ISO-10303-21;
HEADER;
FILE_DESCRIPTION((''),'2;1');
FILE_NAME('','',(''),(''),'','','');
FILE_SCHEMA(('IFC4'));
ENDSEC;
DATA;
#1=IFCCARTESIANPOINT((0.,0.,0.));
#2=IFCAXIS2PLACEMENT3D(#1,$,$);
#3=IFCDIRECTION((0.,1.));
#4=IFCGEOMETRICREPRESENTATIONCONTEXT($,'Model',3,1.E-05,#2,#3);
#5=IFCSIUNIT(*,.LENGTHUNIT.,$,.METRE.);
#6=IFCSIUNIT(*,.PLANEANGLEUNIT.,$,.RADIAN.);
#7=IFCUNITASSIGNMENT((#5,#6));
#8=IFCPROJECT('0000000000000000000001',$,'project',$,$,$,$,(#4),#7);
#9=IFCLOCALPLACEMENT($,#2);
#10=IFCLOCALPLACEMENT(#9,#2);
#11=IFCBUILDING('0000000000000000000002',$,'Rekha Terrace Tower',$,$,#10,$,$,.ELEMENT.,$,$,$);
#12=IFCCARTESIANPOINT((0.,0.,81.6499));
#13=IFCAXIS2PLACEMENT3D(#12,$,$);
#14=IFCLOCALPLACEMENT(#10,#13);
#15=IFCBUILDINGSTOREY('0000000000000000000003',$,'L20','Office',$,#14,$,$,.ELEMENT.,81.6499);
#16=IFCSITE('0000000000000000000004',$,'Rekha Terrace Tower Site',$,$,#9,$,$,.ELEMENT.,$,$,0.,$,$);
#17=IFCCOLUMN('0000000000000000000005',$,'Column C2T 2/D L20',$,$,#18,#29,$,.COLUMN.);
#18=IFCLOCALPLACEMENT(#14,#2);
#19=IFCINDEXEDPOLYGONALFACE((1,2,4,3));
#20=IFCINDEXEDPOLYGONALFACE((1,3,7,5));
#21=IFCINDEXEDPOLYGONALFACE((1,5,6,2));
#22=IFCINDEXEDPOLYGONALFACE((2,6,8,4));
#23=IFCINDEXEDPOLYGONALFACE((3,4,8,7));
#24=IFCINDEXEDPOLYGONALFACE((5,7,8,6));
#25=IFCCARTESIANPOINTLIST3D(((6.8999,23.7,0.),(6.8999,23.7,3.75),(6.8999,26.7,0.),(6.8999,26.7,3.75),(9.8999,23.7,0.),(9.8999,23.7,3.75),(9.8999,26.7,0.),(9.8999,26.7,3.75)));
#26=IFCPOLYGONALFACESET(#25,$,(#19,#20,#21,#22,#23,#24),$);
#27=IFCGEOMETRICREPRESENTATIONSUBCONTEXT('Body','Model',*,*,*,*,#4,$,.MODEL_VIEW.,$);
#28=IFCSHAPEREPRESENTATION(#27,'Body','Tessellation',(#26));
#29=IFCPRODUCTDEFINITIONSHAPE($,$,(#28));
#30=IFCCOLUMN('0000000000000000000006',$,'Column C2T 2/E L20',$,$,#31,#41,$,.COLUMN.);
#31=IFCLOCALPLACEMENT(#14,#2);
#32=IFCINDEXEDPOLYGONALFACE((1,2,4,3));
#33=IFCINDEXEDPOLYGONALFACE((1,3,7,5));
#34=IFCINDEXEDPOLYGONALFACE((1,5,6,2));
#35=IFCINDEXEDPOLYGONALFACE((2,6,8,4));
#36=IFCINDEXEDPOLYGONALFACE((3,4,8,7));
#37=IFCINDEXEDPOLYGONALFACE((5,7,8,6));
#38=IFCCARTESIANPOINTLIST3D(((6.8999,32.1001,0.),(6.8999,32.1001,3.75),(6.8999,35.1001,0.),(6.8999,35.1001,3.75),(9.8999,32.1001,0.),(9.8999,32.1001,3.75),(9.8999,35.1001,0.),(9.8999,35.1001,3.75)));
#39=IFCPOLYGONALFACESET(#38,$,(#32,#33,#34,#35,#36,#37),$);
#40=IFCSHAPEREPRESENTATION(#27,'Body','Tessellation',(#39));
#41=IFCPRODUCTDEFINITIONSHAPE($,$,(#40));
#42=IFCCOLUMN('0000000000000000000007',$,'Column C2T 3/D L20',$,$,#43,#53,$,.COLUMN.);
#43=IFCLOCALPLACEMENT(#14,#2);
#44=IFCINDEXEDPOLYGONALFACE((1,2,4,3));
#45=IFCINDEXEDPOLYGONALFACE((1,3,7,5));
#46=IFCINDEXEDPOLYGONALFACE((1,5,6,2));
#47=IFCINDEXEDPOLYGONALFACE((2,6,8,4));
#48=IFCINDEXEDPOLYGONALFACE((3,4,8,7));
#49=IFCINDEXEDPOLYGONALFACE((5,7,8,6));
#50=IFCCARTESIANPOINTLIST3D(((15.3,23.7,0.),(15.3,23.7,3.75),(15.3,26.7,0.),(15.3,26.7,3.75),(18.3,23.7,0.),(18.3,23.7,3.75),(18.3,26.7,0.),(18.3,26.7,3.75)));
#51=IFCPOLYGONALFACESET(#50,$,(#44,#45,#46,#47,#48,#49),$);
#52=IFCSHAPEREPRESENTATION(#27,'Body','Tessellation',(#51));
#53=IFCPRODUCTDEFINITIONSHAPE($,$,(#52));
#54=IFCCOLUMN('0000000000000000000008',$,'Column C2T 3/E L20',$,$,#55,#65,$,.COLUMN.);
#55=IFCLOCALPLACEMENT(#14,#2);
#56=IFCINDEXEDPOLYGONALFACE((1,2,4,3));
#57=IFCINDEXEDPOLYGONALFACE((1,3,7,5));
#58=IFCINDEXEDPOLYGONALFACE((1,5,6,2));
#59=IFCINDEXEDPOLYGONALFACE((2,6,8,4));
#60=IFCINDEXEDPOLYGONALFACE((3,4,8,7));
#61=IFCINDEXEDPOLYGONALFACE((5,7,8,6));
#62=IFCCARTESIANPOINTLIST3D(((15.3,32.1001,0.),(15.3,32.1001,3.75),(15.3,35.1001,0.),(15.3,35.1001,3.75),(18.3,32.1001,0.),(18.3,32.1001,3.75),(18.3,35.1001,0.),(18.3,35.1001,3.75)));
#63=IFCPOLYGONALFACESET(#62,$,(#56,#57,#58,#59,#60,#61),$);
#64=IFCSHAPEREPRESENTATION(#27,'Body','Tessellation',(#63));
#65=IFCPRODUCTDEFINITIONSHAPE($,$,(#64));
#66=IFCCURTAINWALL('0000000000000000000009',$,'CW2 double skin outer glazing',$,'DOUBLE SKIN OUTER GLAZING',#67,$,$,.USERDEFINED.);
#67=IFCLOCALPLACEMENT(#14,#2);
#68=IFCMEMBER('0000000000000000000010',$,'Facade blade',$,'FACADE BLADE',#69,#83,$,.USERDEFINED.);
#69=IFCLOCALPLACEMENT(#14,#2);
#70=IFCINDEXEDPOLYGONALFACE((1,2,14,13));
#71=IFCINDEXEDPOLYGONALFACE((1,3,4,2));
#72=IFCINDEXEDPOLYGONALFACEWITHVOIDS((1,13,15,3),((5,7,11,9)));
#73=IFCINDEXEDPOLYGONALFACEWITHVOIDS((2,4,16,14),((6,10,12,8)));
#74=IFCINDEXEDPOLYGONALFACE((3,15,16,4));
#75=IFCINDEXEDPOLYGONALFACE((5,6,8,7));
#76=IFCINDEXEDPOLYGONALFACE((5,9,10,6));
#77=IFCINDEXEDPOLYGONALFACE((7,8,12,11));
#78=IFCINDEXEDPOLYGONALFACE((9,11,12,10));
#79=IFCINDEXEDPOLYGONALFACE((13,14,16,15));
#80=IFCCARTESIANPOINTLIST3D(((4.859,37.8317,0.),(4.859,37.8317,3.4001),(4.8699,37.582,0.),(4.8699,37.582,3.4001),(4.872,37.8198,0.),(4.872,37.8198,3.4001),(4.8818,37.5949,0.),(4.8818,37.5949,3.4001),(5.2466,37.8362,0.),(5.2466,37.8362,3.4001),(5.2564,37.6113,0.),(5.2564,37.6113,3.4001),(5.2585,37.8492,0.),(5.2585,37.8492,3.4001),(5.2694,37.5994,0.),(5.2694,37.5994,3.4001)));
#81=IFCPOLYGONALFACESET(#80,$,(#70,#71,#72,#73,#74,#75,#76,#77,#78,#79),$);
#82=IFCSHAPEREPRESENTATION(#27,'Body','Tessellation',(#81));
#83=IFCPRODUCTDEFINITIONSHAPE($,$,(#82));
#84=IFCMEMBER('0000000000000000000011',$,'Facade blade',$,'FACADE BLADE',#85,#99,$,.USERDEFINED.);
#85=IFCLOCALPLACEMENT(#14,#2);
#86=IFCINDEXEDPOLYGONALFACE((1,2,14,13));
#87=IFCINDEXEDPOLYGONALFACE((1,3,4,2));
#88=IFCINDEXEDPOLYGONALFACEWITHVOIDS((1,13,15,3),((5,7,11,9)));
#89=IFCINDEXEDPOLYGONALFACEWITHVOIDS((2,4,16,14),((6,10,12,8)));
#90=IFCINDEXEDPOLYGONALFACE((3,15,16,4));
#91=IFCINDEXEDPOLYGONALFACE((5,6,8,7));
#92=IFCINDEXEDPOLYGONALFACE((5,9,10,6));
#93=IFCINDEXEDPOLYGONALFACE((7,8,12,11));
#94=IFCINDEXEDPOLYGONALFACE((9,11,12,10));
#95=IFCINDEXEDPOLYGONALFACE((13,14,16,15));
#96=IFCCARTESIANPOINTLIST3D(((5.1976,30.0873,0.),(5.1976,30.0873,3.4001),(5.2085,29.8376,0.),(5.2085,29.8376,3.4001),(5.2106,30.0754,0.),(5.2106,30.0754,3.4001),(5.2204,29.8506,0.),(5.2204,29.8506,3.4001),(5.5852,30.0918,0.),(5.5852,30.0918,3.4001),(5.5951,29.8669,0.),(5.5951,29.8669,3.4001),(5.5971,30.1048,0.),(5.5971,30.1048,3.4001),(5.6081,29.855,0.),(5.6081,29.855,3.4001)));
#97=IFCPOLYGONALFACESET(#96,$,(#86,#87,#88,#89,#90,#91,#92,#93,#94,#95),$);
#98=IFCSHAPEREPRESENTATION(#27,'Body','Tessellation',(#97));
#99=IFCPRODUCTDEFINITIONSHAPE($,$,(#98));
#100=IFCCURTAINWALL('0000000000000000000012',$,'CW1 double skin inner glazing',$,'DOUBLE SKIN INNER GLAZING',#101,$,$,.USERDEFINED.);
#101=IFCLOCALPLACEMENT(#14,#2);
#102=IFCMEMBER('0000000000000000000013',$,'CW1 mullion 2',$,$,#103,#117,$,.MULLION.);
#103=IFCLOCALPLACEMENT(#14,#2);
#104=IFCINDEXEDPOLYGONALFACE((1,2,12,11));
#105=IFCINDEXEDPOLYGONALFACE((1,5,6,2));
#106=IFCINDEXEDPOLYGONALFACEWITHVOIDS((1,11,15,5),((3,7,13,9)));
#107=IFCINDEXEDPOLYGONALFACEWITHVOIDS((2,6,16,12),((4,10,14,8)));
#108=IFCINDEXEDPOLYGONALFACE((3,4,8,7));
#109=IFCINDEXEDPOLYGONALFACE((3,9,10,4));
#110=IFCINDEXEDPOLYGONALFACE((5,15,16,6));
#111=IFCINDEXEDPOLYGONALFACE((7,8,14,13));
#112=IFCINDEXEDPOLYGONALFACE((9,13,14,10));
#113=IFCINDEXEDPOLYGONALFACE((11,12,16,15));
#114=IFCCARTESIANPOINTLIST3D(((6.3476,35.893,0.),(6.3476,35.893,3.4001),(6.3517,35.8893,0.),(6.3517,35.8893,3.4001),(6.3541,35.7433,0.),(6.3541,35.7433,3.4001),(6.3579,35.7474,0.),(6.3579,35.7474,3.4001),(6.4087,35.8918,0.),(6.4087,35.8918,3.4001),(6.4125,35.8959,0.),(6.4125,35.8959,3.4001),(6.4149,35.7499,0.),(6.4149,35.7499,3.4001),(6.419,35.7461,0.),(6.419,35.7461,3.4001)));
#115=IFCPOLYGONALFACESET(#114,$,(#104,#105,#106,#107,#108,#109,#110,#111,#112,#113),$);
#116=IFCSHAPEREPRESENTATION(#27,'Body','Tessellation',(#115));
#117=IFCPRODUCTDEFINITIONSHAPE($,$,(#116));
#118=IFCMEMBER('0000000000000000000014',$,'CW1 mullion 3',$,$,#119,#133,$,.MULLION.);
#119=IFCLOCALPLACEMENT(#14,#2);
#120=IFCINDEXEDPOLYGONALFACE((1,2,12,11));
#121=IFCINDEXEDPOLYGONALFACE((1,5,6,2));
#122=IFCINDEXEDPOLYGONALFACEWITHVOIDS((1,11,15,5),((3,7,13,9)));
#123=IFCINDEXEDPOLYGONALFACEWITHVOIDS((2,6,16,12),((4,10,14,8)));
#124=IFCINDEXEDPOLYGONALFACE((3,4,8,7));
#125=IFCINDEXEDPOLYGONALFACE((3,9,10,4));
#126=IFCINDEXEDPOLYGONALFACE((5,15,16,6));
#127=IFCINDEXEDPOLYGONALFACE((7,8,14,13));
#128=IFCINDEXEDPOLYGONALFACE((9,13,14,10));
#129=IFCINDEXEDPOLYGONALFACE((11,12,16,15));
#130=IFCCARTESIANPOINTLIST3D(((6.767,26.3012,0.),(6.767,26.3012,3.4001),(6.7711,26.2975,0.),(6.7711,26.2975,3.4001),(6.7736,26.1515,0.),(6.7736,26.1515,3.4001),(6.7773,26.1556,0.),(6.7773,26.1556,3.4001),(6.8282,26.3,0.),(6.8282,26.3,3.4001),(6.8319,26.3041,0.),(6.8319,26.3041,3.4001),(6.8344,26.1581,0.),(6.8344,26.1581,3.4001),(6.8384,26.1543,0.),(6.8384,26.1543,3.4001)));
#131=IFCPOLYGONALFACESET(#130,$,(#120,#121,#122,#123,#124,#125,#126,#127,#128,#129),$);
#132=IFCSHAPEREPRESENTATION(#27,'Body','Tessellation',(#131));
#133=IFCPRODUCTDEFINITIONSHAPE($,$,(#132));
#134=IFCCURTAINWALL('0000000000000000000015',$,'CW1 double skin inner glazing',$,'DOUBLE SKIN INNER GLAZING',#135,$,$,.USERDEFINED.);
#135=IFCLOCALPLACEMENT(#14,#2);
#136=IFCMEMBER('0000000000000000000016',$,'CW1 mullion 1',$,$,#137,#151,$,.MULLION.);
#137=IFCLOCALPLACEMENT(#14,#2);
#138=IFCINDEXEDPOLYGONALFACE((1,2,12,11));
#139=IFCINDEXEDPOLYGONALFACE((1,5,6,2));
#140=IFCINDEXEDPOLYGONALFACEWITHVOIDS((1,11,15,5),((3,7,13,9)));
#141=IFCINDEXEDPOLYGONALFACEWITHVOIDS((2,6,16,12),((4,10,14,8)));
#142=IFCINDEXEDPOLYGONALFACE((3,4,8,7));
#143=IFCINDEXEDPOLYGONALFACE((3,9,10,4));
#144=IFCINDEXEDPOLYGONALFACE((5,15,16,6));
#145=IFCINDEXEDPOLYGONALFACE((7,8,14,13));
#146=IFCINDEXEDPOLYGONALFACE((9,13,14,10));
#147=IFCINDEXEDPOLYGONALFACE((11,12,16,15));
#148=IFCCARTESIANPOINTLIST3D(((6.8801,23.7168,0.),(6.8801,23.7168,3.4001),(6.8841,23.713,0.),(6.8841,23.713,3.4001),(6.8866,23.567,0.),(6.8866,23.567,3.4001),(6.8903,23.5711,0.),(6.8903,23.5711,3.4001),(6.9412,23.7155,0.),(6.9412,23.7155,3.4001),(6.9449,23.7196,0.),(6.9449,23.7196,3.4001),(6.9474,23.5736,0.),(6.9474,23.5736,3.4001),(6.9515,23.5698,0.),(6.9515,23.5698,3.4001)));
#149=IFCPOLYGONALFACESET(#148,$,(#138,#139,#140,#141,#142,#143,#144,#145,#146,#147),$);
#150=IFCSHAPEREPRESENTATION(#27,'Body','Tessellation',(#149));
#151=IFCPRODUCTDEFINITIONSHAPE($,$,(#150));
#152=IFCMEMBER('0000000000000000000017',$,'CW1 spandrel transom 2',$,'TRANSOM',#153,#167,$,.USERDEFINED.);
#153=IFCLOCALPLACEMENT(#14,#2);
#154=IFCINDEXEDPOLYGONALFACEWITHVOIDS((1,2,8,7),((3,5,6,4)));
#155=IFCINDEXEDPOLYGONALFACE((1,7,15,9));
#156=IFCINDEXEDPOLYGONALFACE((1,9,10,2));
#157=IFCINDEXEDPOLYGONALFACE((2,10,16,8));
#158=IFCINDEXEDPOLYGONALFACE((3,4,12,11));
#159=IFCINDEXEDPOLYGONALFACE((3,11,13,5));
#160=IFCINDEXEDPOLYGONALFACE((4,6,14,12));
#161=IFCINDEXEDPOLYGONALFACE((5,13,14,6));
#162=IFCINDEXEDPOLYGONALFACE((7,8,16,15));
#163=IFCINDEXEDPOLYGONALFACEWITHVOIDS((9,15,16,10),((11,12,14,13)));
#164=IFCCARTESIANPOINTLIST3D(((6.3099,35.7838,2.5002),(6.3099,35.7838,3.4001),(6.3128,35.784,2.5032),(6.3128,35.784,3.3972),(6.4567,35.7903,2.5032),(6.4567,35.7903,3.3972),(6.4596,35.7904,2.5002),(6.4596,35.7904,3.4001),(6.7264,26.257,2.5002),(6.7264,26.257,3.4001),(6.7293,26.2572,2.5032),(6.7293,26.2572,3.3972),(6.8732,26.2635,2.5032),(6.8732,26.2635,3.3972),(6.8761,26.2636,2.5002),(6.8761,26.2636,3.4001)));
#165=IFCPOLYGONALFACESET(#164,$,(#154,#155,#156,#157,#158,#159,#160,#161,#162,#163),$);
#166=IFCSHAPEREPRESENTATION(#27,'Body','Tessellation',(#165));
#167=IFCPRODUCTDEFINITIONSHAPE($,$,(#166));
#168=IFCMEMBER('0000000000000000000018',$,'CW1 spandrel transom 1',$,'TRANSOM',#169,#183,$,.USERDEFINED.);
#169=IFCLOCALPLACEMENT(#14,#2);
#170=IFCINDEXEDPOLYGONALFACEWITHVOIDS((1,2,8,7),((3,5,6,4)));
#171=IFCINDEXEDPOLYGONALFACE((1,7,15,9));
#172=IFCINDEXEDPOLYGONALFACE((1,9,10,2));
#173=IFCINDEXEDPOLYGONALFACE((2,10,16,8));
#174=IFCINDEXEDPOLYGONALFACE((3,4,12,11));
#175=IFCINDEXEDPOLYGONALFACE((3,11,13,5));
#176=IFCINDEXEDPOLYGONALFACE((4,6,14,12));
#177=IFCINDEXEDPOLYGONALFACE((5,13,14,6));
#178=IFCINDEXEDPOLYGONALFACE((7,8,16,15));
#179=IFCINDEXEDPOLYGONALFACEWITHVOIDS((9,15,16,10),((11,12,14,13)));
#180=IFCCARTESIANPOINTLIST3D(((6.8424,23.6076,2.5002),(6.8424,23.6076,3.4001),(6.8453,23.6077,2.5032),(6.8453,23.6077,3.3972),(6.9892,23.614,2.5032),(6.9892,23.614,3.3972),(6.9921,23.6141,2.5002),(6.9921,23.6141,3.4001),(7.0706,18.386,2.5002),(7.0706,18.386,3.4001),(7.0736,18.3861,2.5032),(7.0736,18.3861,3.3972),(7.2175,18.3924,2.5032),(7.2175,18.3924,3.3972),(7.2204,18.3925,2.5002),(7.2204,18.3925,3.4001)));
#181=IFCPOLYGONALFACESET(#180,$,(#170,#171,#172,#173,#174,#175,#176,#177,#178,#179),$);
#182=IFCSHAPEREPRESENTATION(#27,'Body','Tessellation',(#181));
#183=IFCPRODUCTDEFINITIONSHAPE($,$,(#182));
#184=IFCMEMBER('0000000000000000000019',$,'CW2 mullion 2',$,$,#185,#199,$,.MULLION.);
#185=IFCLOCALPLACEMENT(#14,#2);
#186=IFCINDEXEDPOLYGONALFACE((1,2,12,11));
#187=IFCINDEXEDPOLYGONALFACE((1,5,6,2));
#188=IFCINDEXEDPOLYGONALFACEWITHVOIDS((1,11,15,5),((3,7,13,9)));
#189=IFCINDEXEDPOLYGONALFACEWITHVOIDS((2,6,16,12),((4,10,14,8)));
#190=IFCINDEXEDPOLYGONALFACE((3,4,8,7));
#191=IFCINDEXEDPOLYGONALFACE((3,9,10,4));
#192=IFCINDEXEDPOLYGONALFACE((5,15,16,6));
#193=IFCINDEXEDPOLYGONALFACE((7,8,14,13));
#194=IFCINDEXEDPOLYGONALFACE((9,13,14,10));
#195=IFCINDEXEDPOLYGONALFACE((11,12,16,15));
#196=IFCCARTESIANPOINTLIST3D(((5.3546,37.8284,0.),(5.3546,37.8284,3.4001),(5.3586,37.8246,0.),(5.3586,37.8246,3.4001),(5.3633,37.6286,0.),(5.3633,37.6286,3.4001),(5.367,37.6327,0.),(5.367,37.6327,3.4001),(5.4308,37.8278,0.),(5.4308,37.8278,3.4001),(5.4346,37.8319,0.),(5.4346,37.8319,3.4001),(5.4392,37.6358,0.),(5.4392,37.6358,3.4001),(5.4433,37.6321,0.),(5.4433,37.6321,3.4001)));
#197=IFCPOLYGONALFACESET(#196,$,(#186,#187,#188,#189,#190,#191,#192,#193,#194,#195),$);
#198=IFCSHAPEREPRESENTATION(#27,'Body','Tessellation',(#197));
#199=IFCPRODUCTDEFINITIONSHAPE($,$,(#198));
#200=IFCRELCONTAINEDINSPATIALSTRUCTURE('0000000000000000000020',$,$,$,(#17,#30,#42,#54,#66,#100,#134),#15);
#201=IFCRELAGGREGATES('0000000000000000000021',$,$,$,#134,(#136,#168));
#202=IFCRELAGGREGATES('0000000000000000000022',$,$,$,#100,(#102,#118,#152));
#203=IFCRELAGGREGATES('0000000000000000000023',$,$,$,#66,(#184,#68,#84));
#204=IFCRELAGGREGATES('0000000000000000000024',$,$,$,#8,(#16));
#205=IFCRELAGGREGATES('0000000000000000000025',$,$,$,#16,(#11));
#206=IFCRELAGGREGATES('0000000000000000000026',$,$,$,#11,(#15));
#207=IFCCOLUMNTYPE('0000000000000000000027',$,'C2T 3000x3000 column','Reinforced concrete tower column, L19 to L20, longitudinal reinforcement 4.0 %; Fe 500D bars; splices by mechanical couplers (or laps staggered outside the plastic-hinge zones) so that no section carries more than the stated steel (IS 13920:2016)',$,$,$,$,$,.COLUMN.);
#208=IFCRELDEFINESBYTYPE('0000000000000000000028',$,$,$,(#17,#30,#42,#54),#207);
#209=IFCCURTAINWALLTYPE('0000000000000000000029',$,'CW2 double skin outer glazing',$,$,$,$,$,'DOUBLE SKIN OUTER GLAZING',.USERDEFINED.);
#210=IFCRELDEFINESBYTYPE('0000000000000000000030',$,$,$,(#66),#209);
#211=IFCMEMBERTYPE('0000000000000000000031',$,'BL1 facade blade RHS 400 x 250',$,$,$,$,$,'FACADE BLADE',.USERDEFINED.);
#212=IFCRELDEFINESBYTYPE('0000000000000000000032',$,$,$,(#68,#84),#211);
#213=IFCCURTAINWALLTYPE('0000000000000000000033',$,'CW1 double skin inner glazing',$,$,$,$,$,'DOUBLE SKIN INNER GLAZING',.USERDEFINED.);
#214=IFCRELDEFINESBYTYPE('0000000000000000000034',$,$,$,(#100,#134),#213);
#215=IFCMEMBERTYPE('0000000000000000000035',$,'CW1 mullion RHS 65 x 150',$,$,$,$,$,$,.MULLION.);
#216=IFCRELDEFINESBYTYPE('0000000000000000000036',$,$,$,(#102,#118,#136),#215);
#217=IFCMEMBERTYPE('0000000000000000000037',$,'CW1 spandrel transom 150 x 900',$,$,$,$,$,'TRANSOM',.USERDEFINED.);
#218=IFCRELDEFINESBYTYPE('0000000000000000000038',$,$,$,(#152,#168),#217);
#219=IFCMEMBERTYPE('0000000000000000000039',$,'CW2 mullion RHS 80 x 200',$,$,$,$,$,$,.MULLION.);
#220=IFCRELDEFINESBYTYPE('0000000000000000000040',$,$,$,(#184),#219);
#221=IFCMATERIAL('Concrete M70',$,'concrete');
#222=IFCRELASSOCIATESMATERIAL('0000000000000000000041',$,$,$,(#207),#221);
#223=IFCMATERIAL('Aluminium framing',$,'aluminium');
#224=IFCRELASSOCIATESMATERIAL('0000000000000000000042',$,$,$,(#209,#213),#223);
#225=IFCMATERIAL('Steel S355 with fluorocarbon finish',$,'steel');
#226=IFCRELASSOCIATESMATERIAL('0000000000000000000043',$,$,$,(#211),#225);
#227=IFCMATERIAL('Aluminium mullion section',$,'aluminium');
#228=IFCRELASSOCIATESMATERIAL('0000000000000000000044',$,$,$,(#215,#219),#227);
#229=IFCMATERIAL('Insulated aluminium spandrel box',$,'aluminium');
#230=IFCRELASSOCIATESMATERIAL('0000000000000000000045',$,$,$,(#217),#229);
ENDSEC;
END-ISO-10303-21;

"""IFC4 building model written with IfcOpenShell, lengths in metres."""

from ifc_helpers import new_model, si_unit, direction, frame, origin, origin_2d, place, context, subcontext, project, spatial, rectangle, hollow_rectangle, extrude, material, material_profile, profile_set, type_object, element, aggregate, save


model = new_model("IFC4")

# Units and contexts
model_context = context("Model", 3, precision=1e-05, world=origin(), true_north=direction((0.0, 1.0)))
body_context = subcontext(model_context, "Body", "Model", "MODEL_VIEW")
ifc_project = project(units=[si_unit("LENGTHUNIT", "METRE"), si_unit("PLANEANGLEUNIT", "RADIAN")], contexts=[model_context])

# Site, building, storey
site_placement = place(None, origin())
site = spatial("IfcSite", under=ifc_project, at=site_placement, Name="Rekha Terrace Tower Site", CompositionType="ELEMENT", RefElevation=0.0)
building_placement = place(site_placement, origin())
building = spatial("IfcBuilding", under=site, at=building_placement, Name="Rekha Terrace Tower", CompositionType="ELEMENT")
storey_placement = place(building_placement, frame((0.0, 0.0, 81.6499)))
storey = spatial("IfcBuildingStorey", under=building, at=storey_placement, Name="L20", Description="Office", CompositionType="ELEMENT", Elevation=81.6499)

# Columns
ifc_material_1 = material(Name="Concrete M70", Category="concrete")
ifc_material_profile_1 = material_profile(ifc_material_1, rectangle(XDim=3.0, YDim=3.0, at=origin_2d()), Name="RC 3000x3000")
ifc_profile_set_1 = profile_set([ifc_material_profile_1], Name="Concrete M70")
column_type = type_object("IfcColumnType", Name="C2T 3000x3000 column", Description="Reinforced concrete tower column, L19 to L20, longitudinal reinforcement 4.0 %; Fe 500D bars; splices by mechanical couplers (or laps staggered outside the plastic-hinge zones) so that no section carries more than the stated steel (IS 13920:2016)", PredefinedType="COLUMN", material=ifc_profile_set_1)
for number, where, z_axis, x_axis, name in (
    (1, (8.3999, 25.2, 0.0), (0.0, 0.0, 1.0), (1.0, 0.0, 0.0), "Column C2T 2/D L20"),
    (2, (8.3999, 33.6001, 0.0), (0.0, 0.0, 1.0), (1.0, 0.0, 0.0), "Column C2T 2/E L20"),
    (3, (16.8, 25.2, 0.0), (0.0, 0.0, 1.0), (1.0, 0.0, 0.0), "Column C2T 3/D L20"),
    (4, (16.8, 33.6001, 0.0), (0.0, 0.0, 1.0), (1.0, 0.0, 0.0), "Column C2T 3/E L20"),
):
    element("IfcColumn", number, at=place(storey_placement, frame(where, z_axis=z_axis, x_axis=x_axis)), inside=storey, type_object=column_type, Name=name, PredefinedType="COLUMN", context=body_context, shape_type="SweptSolid", body=[
        extrude(rectangle(XDim=3.0, YDim=3.0, at=origin_2d()), origin(), (0.0, 0.0, 1.0), 3.75),
    ])

# Curtain walls, members
ifc_material_2 = material(Name="Aluminium framing", Category="aluminium")
curtain_wall_type_1 = type_object("IfcCurtainWallType", Name="CW2 double skin outer glazing", ElementType="DOUBLE SKIN OUTER GLAZING", PredefinedType="USERDEFINED", material=ifc_material_2)
curtain_wall_1_placement = place(storey_placement, origin())
curtain_wall_1 = element("IfcCurtainWall", 5, at=curtain_wall_1_placement, inside=storey, type_object=curtain_wall_type_1, Name="CW2 double skin outer glazing", ObjectType="DOUBLE SKIN OUTER GLAZING", PredefinedType="USERDEFINED")
ifc_material_3 = material(Name="Steel S355 with fluorocarbon finish", Category="steel")
ifc_material_profile_2 = material_profile(ifc_material_3, hollow_rectangle(XDim=0.25, YDim=0.3999, WallThickness=0.0125, at=origin_2d()), Name="RHS400x250x12.5")
ifc_profile_set_2 = profile_set([ifc_material_profile_2], Name="Steel S355 with fluorocarbon finish")
member_type_1 = type_object("IfcMemberType", Name="BL1 facade blade RHS 400 x 250", ElementType="FACADE BLADE", PredefinedType="USERDEFINED", material=ifc_profile_set_2)
member_1_placement = place(storey_placement, frame((5.0642, 37.7156, 0.0), z_axis=(0.0, 0.0, 1.0), x_axis=(0.043682, -0.999045, 0.0)))
member_1 = element("IfcMember", 6, at=member_1_placement, type_object=member_type_1, Name="Facade blade", ObjectType="FACADE BLADE", PredefinedType="USERDEFINED", context=body_context, shape_type="SweptSolid", body=[
    extrude(hollow_rectangle(XDim=0.25, YDim=0.3999, WallThickness=0.0125, at=origin_2d()), origin(), (0.0, 0.0, 1.0), 3.4001),
])
member_2_placement = place(storey_placement, frame((5.4028, 29.9712, 0.0), z_axis=(0.0, 0.0, 1.0), x_axis=(0.043682, -0.999045, 0.0)))
member_2 = element("IfcMember", 7, at=member_2_placement, type_object=member_type_1, Name="Facade blade", ObjectType="FACADE BLADE", PredefinedType="USERDEFINED", context=body_context, shape_type="SweptSolid", body=[
    extrude(hollow_rectangle(XDim=0.25, YDim=0.3999, WallThickness=0.0125, at=origin_2d()), origin(), (0.0, 0.0, 1.0), 3.4001),
])
curtain_wall_type_2 = type_object("IfcCurtainWallType", Name="CW1 double skin inner glazing", ElementType="DOUBLE SKIN INNER GLAZING", PredefinedType="USERDEFINED", material=ifc_material_2)
curtain_wall_2_placement = place(storey_placement, origin())
curtain_wall_2 = element("IfcCurtainWall", 8, at=curtain_wall_2_placement, inside=storey, type_object=curtain_wall_type_2, Name="CW1 double skin inner glazing", ObjectType="DOUBLE SKIN INNER GLAZING", PredefinedType="USERDEFINED")
ifc_material_4 = material(Name="Aluminium mullion section", Category="aluminium")
ifc_material_profile_3 = material_profile(ifc_material_4, hollow_rectangle(XDim=0.0649, YDim=0.1499, WallThickness=0.0039, at=origin_2d()), Name="AL RHS 65x150")
ifc_profile_set_3 = profile_set([ifc_material_profile_3], Name="Aluminium mullion section")
member_type_2 = type_object("IfcMemberType", Name="CW1 mullion RHS 65 x 150", PredefinedType="MULLION", material=ifc_profile_set_3)
member_3_placement = place(storey_placement, frame((6.3833, 35.8196, 0.0), z_axis=(0.0, 0.0, 1.0), x_axis=(0.999045, 0.043683, 0.0)))
member_3 = element("IfcMember", 9, at=member_3_placement, type_object=member_type_2, Name="CW1 mullion 2", PredefinedType="MULLION", context=body_context, shape_type="SweptSolid", body=[
    extrude(hollow_rectangle(XDim=0.0649, YDim=0.1499, WallThickness=0.0039, at=origin_2d()), origin(), (0.0, 0.0, 1.0), 3.4001),
])
member_4_placement = place(storey_placement, frame((6.8027, 26.2278, 0.0), z_axis=(0.0, 0.0, 1.0), x_axis=(0.999045, 0.043683, 0.0)))
member_4 = element("IfcMember", 10, at=member_4_placement, type_object=member_type_2, Name="CW1 mullion 3", PredefinedType="MULLION", context=body_context, shape_type="SweptSolid", body=[
    extrude(hollow_rectangle(XDim=0.0649, YDim=0.1499, WallThickness=0.0039, at=origin_2d()), origin(), (0.0, 0.0, 1.0), 3.4001),
])

# Curtain wall, member
curtain_wall_3_placement = place(storey_placement, origin())
curtain_wall_3 = element("IfcCurtainWall", 11, at=curtain_wall_3_placement, inside=storey, type_object=curtain_wall_type_2, Name="CW1 double skin inner glazing", ObjectType="DOUBLE SKIN INNER GLAZING", PredefinedType="USERDEFINED")
member_5_placement = place(storey_placement, frame((6.9158, 23.6433, 0.0), z_axis=(0.0, 0.0, 1.0), x_axis=(0.999045, 0.043683, 0.0)))
member_5 = element("IfcMember", 12, at=member_5_placement, type_object=member_type_2, Name="CW1 mullion 1", PredefinedType="MULLION", context=body_context, shape_type="SweptSolid", body=[
    extrude(hollow_rectangle(XDim=0.0649, YDim=0.1499, WallThickness=0.0039, at=origin_2d()), origin(), (0.0, 0.0, 1.0), 3.4001),
])

# Members
ifc_material_5 = material(Name="Insulated aluminium spandrel box", Category="aluminium")
ifc_material_profile_4 = material_profile(ifc_material_5, hollow_rectangle(XDim=0.1499, YDim=0.8999, WallThickness=0.0029, at=origin_2d()), Name="AL SPANDREL BOX 150x900")
ifc_profile_set_4 = profile_set([ifc_material_profile_4], Name="Insulated aluminium spandrel box")
member_type_3 = type_object("IfcMemberType", Name="CW1 spandrel transom 150 x 900", ElementType="TRANSOM", PredefinedType="USERDEFINED", material=ifc_profile_set_4)
member_6_placement = place(storey_placement, frame((6.3848, 35.7871, 2.9502), z_axis=(0.043677, -0.999046, 0.0), x_axis=(0.999046, 0.043677, 0.0)))
member_6 = element("IfcMember", 13, at=member_6_placement, type_object=member_type_3, Name="CW1 spandrel transom 2", ObjectType="TRANSOM", PredefinedType="USERDEFINED", context=body_context, shape_type="SweptSolid", body=[
    extrude(hollow_rectangle(XDim=0.1499, YDim=0.8999, WallThickness=0.0029, at=origin_2d()), origin(), (0.0, 0.0, 1.0), 9.5359),
])
member_7_placement = place(storey_placement, frame((6.9172, 23.6108, 2.9502), z_axis=(0.043674, -0.999046, 0.0), x_axis=(0.999046, 0.043674, 0.0)))
member_7 = element("IfcMember", 14, at=member_7_placement, type_object=member_type_3, Name="CW1 spandrel transom 1", ObjectType="TRANSOM", PredefinedType="USERDEFINED", context=body_context, shape_type="SweptSolid", body=[
    extrude(hollow_rectangle(XDim=0.1499, YDim=0.8999, WallThickness=0.0029, at=origin_2d()), origin(), (0.0, 0.0, 1.0), 5.2266),
])
aggregate(curtain_wall_3, [member_5, member_7])
ifc_material_profile_5 = material_profile(ifc_material_4, hollow_rectangle(XDim=0.0801, YDim=0.2, WallThickness=0.0039, at=origin_2d()), Name="AL RHS 80x200")
ifc_profile_set_5 = profile_set([ifc_material_profile_5], Name="Aluminium mullion section")
member_type_4 = type_object("IfcMemberType", Name="CW2 mullion RHS 80 x 200", PredefinedType="MULLION", material=ifc_profile_set_5)
member_8_placement = place(storey_placement, frame((5.3989, 37.7302, 0.0), z_axis=(0.0, 0.0, 1.0), x_axis=(0.999045, 0.043683, 0.0)))
member_8 = element("IfcMember", 15, at=member_8_placement, type_object=member_type_4, Name="CW2 mullion 2", PredefinedType="MULLION", context=body_context, shape_type="SweptSolid", body=[
    extrude(hollow_rectangle(XDim=0.0801, YDim=0.2, WallThickness=0.0039, at=origin_2d()), origin(), (0.0, 0.0, 1.0), 3.4001),
])

aggregate(curtain_wall_2, [member_3, member_4, member_6])
aggregate(curtain_wall_1, [member_8, member_1, member_2])

save(model, "model.ifc")
